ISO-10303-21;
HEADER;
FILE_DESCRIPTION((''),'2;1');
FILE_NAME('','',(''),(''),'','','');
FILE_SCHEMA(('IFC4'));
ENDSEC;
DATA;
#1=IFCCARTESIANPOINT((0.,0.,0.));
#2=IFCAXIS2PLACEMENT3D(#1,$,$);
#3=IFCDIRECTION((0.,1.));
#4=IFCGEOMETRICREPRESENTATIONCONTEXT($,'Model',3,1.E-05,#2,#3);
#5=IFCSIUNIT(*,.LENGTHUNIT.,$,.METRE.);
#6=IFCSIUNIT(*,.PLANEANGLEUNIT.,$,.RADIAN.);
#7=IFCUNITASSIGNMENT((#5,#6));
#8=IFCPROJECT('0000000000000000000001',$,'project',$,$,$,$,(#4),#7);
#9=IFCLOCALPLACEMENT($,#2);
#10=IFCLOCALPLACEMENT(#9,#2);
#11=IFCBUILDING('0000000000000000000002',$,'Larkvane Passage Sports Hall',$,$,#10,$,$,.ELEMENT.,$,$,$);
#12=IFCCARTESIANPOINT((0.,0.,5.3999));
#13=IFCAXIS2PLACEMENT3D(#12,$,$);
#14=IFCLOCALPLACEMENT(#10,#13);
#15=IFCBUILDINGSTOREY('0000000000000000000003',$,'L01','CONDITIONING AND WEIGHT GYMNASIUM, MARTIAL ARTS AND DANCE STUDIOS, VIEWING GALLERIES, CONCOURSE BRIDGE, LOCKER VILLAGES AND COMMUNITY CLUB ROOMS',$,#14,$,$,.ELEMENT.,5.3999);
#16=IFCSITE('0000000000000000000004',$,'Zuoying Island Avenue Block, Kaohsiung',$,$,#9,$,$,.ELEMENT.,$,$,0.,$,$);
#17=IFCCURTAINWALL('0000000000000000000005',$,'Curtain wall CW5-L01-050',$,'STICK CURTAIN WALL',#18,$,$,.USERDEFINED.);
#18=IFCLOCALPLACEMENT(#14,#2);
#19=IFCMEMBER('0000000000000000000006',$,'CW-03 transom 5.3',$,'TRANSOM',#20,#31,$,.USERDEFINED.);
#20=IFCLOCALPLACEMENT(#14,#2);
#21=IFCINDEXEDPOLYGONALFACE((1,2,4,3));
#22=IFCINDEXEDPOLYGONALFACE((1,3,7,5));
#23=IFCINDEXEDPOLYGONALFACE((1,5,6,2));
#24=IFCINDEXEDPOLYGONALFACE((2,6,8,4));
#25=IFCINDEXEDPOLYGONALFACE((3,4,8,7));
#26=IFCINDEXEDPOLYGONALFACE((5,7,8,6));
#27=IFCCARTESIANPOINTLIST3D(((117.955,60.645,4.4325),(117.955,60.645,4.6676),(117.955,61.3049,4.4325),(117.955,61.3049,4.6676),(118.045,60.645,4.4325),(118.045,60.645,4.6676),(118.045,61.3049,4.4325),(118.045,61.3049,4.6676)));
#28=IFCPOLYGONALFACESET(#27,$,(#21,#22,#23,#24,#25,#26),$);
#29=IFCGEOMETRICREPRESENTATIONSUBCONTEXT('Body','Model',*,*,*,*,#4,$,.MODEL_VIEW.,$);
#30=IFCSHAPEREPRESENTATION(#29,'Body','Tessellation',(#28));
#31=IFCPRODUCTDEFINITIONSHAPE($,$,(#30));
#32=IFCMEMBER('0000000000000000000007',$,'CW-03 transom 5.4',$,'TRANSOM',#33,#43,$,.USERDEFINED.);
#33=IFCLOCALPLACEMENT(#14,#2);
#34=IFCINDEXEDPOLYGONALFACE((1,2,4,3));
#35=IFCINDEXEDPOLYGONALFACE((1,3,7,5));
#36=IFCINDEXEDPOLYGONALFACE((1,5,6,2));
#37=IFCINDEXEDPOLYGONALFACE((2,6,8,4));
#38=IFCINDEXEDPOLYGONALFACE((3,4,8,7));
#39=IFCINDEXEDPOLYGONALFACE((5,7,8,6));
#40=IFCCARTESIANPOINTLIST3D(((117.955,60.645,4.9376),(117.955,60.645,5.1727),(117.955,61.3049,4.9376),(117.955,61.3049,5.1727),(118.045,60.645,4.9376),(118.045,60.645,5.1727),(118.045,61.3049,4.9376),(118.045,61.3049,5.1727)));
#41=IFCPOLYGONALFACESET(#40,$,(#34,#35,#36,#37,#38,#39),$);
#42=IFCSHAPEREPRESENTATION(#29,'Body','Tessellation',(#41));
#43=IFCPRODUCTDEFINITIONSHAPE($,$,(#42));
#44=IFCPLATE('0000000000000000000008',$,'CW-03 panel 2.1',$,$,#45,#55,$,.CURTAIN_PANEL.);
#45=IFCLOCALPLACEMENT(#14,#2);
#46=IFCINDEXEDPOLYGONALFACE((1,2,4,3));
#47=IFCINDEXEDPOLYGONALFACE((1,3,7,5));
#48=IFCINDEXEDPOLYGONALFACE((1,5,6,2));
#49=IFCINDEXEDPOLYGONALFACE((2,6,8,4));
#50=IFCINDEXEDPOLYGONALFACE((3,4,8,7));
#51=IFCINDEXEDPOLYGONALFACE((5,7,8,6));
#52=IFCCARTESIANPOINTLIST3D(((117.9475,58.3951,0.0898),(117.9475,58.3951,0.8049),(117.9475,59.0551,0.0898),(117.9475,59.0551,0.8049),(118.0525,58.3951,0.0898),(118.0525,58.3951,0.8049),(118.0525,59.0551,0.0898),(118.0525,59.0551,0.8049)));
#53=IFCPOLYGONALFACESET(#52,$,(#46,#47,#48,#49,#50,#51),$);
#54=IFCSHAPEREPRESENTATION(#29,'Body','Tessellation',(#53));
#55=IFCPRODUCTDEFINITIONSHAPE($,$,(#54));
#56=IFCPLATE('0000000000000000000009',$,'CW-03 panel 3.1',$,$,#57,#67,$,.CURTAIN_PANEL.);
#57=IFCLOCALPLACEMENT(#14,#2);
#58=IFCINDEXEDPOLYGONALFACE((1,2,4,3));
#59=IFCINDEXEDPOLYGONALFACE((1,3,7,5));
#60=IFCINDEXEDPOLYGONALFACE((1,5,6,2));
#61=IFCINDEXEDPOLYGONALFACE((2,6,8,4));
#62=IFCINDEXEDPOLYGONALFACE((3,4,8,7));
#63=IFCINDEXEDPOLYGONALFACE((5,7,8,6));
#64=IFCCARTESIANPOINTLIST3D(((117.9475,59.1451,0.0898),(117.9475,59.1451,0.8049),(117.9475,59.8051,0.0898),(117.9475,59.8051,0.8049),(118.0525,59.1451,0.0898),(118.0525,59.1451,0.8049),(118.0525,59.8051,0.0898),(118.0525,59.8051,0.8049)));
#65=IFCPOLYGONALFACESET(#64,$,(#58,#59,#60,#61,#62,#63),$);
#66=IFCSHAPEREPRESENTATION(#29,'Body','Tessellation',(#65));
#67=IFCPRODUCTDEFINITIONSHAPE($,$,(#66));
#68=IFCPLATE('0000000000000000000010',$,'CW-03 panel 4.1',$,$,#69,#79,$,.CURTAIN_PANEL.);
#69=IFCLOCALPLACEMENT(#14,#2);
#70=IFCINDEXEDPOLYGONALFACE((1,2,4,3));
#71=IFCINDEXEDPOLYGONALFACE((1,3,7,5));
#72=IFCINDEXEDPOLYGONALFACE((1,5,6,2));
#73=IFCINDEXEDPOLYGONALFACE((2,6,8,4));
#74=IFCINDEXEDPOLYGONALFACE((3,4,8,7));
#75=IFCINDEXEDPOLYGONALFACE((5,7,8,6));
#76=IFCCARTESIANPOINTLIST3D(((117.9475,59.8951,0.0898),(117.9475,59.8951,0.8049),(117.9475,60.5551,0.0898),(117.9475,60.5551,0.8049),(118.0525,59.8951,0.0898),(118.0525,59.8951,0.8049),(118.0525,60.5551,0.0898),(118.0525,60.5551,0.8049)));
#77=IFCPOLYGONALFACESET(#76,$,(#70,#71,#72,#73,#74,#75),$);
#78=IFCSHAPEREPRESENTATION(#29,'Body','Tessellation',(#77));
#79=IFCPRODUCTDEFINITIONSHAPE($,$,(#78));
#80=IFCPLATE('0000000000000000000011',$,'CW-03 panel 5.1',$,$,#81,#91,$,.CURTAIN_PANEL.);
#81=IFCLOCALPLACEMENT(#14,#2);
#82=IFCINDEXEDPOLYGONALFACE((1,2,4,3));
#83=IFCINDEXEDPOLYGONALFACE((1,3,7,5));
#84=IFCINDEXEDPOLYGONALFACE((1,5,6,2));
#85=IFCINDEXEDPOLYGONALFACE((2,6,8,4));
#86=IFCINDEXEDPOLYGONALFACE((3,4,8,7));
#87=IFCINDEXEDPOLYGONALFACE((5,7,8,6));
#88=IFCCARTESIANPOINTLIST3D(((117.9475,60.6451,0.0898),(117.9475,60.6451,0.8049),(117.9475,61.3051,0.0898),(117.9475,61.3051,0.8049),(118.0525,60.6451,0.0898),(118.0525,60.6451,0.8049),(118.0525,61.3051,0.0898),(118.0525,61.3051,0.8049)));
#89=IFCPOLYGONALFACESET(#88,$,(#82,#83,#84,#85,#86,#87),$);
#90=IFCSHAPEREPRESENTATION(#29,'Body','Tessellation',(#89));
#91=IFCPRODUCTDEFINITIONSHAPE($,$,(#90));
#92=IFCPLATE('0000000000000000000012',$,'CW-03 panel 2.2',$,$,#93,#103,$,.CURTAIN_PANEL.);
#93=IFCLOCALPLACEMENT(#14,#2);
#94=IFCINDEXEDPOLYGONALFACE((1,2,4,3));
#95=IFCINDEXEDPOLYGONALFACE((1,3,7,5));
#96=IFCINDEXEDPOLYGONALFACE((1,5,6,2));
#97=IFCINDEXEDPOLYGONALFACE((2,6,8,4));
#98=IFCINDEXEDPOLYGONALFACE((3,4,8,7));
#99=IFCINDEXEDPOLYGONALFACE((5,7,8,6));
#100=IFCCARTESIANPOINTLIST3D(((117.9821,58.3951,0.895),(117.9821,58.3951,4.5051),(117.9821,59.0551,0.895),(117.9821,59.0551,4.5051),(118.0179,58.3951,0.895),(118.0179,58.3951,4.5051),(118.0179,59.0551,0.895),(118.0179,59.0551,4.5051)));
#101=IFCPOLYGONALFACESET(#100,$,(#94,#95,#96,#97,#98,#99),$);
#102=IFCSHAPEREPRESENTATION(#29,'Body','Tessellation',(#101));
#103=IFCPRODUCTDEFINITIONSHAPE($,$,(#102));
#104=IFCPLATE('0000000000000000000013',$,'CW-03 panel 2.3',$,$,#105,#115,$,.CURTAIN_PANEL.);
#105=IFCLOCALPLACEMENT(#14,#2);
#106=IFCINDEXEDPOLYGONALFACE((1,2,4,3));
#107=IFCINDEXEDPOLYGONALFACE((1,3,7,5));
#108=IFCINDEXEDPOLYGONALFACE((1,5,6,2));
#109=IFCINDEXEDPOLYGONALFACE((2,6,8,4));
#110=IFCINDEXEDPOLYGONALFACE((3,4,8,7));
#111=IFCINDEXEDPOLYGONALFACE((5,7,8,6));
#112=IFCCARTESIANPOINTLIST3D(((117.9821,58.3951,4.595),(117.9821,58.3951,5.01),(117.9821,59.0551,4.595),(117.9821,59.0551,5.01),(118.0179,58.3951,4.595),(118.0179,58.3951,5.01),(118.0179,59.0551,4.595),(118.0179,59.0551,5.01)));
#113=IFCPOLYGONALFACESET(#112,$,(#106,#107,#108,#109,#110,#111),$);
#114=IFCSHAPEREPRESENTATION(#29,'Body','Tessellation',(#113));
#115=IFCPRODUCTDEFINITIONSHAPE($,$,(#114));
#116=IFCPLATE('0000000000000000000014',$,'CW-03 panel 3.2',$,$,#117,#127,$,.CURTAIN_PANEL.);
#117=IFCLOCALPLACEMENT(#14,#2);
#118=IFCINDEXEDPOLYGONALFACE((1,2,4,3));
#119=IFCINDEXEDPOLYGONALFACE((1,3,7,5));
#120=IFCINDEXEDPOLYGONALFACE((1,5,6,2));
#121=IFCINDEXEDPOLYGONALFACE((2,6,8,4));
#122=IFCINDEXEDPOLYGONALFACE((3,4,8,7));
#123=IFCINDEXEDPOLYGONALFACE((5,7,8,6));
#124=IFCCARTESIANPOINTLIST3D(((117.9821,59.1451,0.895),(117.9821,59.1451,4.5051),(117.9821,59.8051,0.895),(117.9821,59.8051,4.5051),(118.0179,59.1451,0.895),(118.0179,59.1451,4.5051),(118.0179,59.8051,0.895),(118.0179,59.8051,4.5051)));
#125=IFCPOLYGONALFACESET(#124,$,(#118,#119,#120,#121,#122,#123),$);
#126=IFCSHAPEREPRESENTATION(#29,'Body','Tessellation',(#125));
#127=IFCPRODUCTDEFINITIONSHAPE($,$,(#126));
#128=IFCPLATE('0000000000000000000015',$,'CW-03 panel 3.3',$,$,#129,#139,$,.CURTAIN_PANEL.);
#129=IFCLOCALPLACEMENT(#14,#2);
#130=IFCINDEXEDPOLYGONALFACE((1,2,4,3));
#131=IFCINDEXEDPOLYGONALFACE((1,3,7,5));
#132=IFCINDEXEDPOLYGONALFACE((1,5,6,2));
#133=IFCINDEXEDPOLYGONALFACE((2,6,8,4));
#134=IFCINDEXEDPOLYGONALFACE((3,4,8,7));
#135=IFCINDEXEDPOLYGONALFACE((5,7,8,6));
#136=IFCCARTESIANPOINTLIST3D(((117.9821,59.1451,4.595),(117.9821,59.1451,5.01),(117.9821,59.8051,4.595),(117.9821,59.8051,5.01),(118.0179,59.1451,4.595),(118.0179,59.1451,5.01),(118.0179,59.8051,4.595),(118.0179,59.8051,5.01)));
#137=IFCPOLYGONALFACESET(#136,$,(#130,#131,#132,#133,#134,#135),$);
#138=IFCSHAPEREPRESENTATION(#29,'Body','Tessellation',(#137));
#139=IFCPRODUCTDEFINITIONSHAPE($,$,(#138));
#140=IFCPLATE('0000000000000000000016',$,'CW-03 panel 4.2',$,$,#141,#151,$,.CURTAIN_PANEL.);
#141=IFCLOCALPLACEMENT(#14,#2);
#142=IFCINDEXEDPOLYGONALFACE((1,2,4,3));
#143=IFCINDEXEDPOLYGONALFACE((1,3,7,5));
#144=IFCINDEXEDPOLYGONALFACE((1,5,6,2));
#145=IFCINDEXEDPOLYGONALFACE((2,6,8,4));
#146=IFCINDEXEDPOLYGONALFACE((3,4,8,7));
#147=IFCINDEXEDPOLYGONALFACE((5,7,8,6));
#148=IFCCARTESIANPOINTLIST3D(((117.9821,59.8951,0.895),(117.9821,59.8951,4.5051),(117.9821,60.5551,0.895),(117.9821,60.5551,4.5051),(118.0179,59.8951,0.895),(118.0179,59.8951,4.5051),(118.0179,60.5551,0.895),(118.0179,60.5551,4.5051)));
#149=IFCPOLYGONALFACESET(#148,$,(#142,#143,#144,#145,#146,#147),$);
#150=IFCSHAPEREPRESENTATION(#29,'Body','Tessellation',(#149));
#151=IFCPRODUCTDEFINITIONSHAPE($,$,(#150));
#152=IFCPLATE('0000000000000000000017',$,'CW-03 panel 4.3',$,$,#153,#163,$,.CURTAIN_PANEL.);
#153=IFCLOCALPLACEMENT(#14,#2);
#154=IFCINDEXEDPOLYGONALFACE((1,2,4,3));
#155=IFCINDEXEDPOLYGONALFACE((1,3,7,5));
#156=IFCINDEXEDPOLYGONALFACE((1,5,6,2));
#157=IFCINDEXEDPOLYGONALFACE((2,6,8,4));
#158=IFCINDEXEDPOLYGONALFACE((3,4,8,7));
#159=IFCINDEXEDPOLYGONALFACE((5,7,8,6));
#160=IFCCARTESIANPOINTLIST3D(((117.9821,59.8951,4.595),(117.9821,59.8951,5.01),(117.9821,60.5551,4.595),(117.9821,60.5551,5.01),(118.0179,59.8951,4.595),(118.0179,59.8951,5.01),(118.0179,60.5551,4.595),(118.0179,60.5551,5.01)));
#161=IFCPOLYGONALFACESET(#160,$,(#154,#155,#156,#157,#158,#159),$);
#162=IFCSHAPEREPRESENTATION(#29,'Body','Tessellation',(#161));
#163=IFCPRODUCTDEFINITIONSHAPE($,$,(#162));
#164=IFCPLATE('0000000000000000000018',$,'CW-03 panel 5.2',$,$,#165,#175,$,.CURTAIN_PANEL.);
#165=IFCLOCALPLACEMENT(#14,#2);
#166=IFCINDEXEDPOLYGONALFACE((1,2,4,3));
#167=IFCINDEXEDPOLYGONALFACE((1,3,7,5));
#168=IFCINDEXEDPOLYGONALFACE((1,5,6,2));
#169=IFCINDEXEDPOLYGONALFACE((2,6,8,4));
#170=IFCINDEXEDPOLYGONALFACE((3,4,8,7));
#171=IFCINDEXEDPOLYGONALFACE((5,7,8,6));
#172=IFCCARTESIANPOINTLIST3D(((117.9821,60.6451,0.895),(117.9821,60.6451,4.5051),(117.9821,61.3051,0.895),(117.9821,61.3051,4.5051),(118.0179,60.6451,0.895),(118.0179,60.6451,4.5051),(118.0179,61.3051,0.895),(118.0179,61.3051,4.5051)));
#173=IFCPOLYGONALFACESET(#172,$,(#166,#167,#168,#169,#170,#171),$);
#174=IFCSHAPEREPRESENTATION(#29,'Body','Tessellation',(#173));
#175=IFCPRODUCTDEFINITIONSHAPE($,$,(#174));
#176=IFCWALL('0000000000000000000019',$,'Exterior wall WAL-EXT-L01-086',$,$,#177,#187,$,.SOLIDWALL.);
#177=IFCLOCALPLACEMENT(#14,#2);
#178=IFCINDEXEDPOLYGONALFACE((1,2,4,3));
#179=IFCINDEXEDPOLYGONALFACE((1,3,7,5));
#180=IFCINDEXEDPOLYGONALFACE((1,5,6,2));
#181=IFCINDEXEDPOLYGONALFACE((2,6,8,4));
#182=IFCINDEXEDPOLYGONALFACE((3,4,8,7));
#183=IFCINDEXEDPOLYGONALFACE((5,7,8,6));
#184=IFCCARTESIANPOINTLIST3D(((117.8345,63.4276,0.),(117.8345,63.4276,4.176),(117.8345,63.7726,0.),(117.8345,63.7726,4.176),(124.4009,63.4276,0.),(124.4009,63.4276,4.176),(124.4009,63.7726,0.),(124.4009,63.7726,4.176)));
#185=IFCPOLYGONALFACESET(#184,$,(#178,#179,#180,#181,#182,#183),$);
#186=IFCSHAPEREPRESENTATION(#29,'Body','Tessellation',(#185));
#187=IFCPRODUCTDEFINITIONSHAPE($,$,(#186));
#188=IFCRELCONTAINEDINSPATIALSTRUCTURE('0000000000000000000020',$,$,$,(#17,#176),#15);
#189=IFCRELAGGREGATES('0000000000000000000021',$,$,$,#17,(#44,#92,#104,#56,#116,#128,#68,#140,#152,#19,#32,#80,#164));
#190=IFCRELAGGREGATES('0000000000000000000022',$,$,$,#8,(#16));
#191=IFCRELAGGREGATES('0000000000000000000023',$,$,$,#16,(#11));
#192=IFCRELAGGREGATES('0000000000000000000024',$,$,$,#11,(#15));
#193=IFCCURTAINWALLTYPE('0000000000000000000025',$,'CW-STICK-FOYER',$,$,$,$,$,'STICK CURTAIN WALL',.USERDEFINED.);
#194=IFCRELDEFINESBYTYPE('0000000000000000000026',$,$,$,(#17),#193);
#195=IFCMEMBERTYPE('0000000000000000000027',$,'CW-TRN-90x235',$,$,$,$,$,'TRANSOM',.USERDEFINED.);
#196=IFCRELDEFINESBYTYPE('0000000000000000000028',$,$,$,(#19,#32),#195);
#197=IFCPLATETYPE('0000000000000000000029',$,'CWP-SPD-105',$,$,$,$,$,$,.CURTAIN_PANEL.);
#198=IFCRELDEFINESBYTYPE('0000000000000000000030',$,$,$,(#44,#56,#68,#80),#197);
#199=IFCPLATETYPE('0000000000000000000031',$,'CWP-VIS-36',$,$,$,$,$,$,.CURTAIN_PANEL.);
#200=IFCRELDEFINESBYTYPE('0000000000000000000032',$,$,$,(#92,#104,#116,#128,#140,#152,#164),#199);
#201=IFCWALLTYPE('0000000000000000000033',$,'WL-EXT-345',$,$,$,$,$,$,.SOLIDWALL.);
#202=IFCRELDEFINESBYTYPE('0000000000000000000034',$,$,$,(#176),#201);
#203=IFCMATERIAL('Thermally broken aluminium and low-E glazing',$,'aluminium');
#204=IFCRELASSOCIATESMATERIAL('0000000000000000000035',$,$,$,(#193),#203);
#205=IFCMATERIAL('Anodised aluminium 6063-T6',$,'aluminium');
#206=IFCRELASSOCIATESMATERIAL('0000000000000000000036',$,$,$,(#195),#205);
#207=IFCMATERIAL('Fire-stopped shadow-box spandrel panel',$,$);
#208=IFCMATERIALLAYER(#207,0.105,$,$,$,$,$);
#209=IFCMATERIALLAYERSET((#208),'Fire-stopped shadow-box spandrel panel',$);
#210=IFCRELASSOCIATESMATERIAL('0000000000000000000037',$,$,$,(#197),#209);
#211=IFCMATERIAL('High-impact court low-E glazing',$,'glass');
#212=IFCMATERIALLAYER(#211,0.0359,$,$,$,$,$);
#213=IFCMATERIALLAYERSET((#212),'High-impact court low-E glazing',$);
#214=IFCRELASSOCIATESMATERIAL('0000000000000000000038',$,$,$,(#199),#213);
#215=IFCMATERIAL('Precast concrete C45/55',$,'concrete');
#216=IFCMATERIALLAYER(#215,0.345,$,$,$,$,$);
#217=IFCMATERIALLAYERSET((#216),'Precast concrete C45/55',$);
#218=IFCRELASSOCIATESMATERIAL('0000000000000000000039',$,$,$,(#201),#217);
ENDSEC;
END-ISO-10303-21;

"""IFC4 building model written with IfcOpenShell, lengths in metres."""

from ifc_helpers import new_model, si_unit, direction, frame, frame_2d, origin, origin_2d, place, context, subcontext, project, spatial, rectangle, extrude, material, layer, layer_set, material_profile, profile_set, type_object, element, aggregate, save


model = new_model("IFC4")

# Units and contexts
model_context = context("Model", 3, precision=1e-05, world=origin(), true_north=direction((0.0, 1.0)))
body_context = subcontext(model_context, "Body", "Model", "MODEL_VIEW")
ifc_project = project(units=[si_unit("LENGTHUNIT", "METRE"), si_unit("PLANEANGLEUNIT", "RADIAN")], contexts=[model_context])

# Site, building, storey
site_placement = place(None, origin())
site = spatial("IfcSite", under=ifc_project, at=site_placement, Name="Zuoying Island Avenue Block, Kaohsiung", CompositionType="ELEMENT", RefElevation=0.0)
building_placement = place(site_placement, origin())
building = spatial("IfcBuilding", under=site, at=building_placement, Name="Larkvane Passage Sports Hall", CompositionType="ELEMENT")
storey_placement = place(building_placement, frame((0.0, 0.0, 5.3999)))
storey = spatial("IfcBuildingStorey", under=building, at=storey_placement, Name="L01", Description="CONDITIONING AND WEIGHT GYMNASIUM, MARTIAL ARTS AND DANCE STUDIOS, VIEWING GALLERIES, CONCOURSE BRIDGE, LOCKER VILLAGES AND COMMUNITY CLUB ROOMS", CompositionType="ELEMENT", Elevation=5.3999)

# Curtain wall, members, plates
ifc_material_1 = material(Name="Thermally broken aluminium and low-E glazing", Category="aluminium")
curtain_wall_type = type_object("IfcCurtainWallType", Name="CW-STICK-FOYER", ElementType="STICK CURTAIN WALL", PredefinedType="USERDEFINED", material=ifc_material_1)
curtain_wall_placement = place(storey_placement, origin())
curtain_wall = element("IfcCurtainWall", 1, at=curtain_wall_placement, inside=storey, type_object=curtain_wall_type, Name="Curtain wall CW5-L01-050", ObjectType="STICK CURTAIN WALL", PredefinedType="USERDEFINED")
ifc_material_2 = material(Name="Anodised aluminium 6063-T6", Category="aluminium")
ifc_material_profile_1 = material_profile(ifc_material_2, rectangle(XDim=0.0901, YDim=0.2351, at=origin_2d()), Name="ALU-TRN-90x235")
ifc_profile_set_1 = profile_set([ifc_material_profile_1], Name="Anodised aluminium 6063-T6")
member_type_1 = type_object("IfcMemberType", Name="CW-TRN-90x235", ElementType="TRANSOM", PredefinedType="USERDEFINED", material=ifc_profile_set_1)
member_1_placement = place(storey_placement, frame((118.0, 60.645, 4.55), z_axis=(0.0, 1.0, 0.0), x_axis=(-1.0, 0.0, 0.0)))
member_1 = element("IfcMember", 2, at=member_1_placement, type_object=member_type_1, Name="CW-03 transom 5.3", ObjectType="TRANSOM", PredefinedType="USERDEFINED", context=body_context, shape_type="SweptSolid", body=[
    extrude(rectangle(XDim=0.0901, YDim=0.2351, at=origin_2d()), origin(), (0.0, 0.0, 1.0), 0.6599),
])
member_2_placement = place(storey_placement, frame((118.0, 60.645, 5.0552), z_axis=(0.0, 1.0, 0.0), x_axis=(-1.0, 0.0, 0.0)))
member_2 = element("IfcMember", 3, at=member_2_placement, type_object=member_type_1, Name="CW-03 transom 5.4", ObjectType="TRANSOM", PredefinedType="USERDEFINED", context=body_context, shape_type="SweptSolid", body=[
    extrude(rectangle(XDim=0.0901, YDim=0.2351, at=origin_2d()), origin(), (0.0, 0.0, 1.0), 0.6599),
])
ifc_material_3 = material(Name="Fire-stopped shadow-box spandrel panel")
ifc_layer_1 = layer(ifc_material_3, 0.105)
ifc_layer_set_1 = layer_set([ifc_layer_1], Name="Fire-stopped shadow-box spandrel panel")
plate_type_1 = type_object("IfcPlateType", Name="CWP-SPD-105", PredefinedType="CURTAIN_PANEL", material=ifc_layer_set_1)
plate_1_placement = place(storey_placement, frame((118.0, 58.7251, 0.0898), z_axis=(0.0, 0.0, 1.0), x_axis=(0.0, 1.0, 0.0)))
plate_1 = element("IfcPlate", 4, at=plate_1_placement, type_object=plate_type_1, Name="CW-03 panel 2.1", PredefinedType="CURTAIN_PANEL", context=body_context, shape_type="SweptSolid", body=[
    extrude(rectangle(XDim=0.6599, YDim=0.105, at=origin_2d()), origin(), (0.0, 0.0, 1.0), 0.7151),
])
plate_2_placement = place(storey_placement, frame((118.0, 59.4751, 0.0898), z_axis=(0.0, 0.0, 1.0), x_axis=(0.0, 1.0, 0.0)))
plate_2 = element("IfcPlate", 5, at=plate_2_placement, type_object=plate_type_1, Name="CW-03 panel 3.1", PredefinedType="CURTAIN_PANEL", context=body_context, shape_type="SweptSolid", body=[
    extrude(rectangle(XDim=0.6599, YDim=0.105, at=origin_2d()), origin(), (0.0, 0.0, 1.0), 0.7151),
])
plate_3_placement = place(storey_placement, frame((118.0, 60.2251, 0.0898), z_axis=(0.0, 0.0, 1.0), x_axis=(0.0, 1.0, 0.0)))
plate_3 = element("IfcPlate", 6, at=plate_3_placement, type_object=plate_type_1, Name="CW-03 panel 4.1", PredefinedType="CURTAIN_PANEL", context=body_context, shape_type="SweptSolid", body=[
    extrude(rectangle(XDim=0.6599, YDim=0.105, at=origin_2d()), origin(), (0.0, 0.0, 1.0), 0.7151),
])
plate_4_placement = place(storey_placement, frame((118.0, 60.9751, 0.0898), z_axis=(0.0, 0.0, 1.0), x_axis=(0.0, 1.0, 0.0)))
plate_4 = element("IfcPlate", 7, at=plate_4_placement, type_object=plate_type_1, Name="CW-03 panel 5.1", PredefinedType="CURTAIN_PANEL", context=body_context, shape_type="SweptSolid", body=[
    extrude(rectangle(XDim=0.6599, YDim=0.105, at=origin_2d()), origin(), (0.0, 0.0, 1.0), 0.7151),
])
ifc_material_4 = material(Name="High-impact court low-E glazing", Category="glass")
ifc_layer_2 = layer(ifc_material_4, 0.0359)
ifc_layer_set_2 = layer_set([ifc_layer_2], Name="High-impact court low-E glazing")
plate_type_2 = type_object("IfcPlateType", Name="CWP-VIS-36", PredefinedType="CURTAIN_PANEL", material=ifc_layer_set_2)
plate_5_placement = place(storey_placement, frame((118.0, 58.7251, 0.895), z_axis=(0.0, 0.0, 1.0), x_axis=(0.0, 1.0, 0.0)))
plate_5 = element("IfcPlate", 8, at=plate_5_placement, type_object=plate_type_2, Name="CW-03 panel 2.2", PredefinedType="CURTAIN_PANEL", context=body_context, shape_type="SweptSolid", body=[
    extrude(rectangle(XDim=0.6599, YDim=0.0359, at=origin_2d()), origin(), (0.0, 0.0, 1.0), 3.6101),
])
plate_6_placement = place(storey_placement, frame((118.0, 58.7251, 4.595), z_axis=(0.0, 0.0, 1.0), x_axis=(0.0, 1.0, 0.0)))
plate_6 = element("IfcPlate", 9, at=plate_6_placement, type_object=plate_type_2, Name="CW-03 panel 2.3", PredefinedType="CURTAIN_PANEL", context=body_context, shape_type="SweptSolid", body=[
    extrude(rectangle(XDim=0.6599, YDim=0.0359, at=origin_2d()), origin(), (0.0, 0.0, 1.0), 0.415),
])
plate_7_placement = place(storey_placement, frame((118.0, 59.4751, 0.895), z_axis=(0.0, 0.0, 1.0), x_axis=(0.0, 1.0, 0.0)))
plate_7 = element("IfcPlate", 10, at=plate_7_placement, type_object=plate_type_2, Name="CW-03 panel 3.2", PredefinedType="CURTAIN_PANEL", context=body_context, shape_type="SweptSolid", body=[
    extrude(rectangle(XDim=0.6599, YDim=0.0359, at=origin_2d()), origin(), (0.0, 0.0, 1.0), 3.6101),
])
plate_8_placement = place(storey_placement, frame((118.0, 59.4751, 4.595), z_axis=(0.0, 0.0, 1.0), x_axis=(0.0, 1.0, 0.0)))
plate_8 = element("IfcPlate", 11, at=plate_8_placement, type_object=plate_type_2, Name="CW-03 panel 3.3", PredefinedType="CURTAIN_PANEL", context=body_context, shape_type="SweptSolid", body=[
    extrude(rectangle(XDim=0.6599, YDim=0.0359, at=origin_2d()), origin(), (0.0, 0.0, 1.0), 0.415),
])
plate_9_placement = place(storey_placement, frame((118.0, 60.2251, 0.895), z_axis=(0.0, 0.0, 1.0), x_axis=(0.0, 1.0, 0.0)))
plate_9 = element("IfcPlate", 12, at=plate_9_placement, type_object=plate_type_2, Name="CW-03 panel 4.2", PredefinedType="CURTAIN_PANEL", context=body_context, shape_type="SweptSolid", body=[
    extrude(rectangle(XDim=0.6599, YDim=0.0359, at=origin_2d()), origin(), (0.0, 0.0, 1.0), 3.6101),
])
plate_10_placement = place(storey_placement, frame((118.0, 60.2251, 4.595), z_axis=(0.0, 0.0, 1.0), x_axis=(0.0, 1.0, 0.0)))
plate_10 = element("IfcPlate", 13, at=plate_10_placement, type_object=plate_type_2, Name="CW-03 panel 4.3", PredefinedType="CURTAIN_PANEL", context=body_context, shape_type="SweptSolid", body=[
    extrude(rectangle(XDim=0.6599, YDim=0.0359, at=origin_2d()), origin(), (0.0, 0.0, 1.0), 0.415),
])
plate_11_placement = place(storey_placement, frame((118.0, 60.9751, 0.895), z_axis=(0.0, 0.0, 1.0), x_axis=(0.0, 1.0, 0.0)))
plate_11 = element("IfcPlate", 14, at=plate_11_placement, type_object=plate_type_2, Name="CW-03 panel 5.2", PredefinedType="CURTAIN_PANEL", context=body_context, shape_type="SweptSolid", body=[
    extrude(rectangle(XDim=0.6599, YDim=0.0359, at=origin_2d()), origin(), (0.0, 0.0, 1.0), 3.6101),
])
aggregate(curtain_wall, [plate_1, plate_5, plate_6, plate_2, plate_7, plate_8, plate_3, plate_9, plate_10, member_1, member_2, plate_4, plate_11])

# Wall
ifc_material_5 = material(Name="Precast concrete C45/55", Category="concrete")
ifc_layer_3 = layer(ifc_material_5, 0.345)
ifc_layer_set_3 = layer_set([ifc_layer_3], Name="Precast concrete C45/55")
wall_type = type_object("IfcWallType", Name="WL-EXT-345", PredefinedType="SOLIDWALL", material=ifc_layer_set_3)
wall_placement = place(storey_placement, frame((117.8345, 63.6001, 0.0), z_axis=(0.0, 0.0, 1.0), x_axis=(1.0, 0.0, 0.0)))
element("IfcWall", 15, at=wall_placement, inside=storey, type_object=wall_type, Name="Exterior wall WAL-EXT-L01-086", PredefinedType="SOLIDWALL", context=body_context, shape_type="SweptSolid", body=[
    extrude(rectangle(XDim=6.5664, YDim=0.345, at=frame_2d((3.2832, 0.0))), origin(), (0.0, 0.0, 1.0), 4.176),
])

save(model, "model.ifc")
